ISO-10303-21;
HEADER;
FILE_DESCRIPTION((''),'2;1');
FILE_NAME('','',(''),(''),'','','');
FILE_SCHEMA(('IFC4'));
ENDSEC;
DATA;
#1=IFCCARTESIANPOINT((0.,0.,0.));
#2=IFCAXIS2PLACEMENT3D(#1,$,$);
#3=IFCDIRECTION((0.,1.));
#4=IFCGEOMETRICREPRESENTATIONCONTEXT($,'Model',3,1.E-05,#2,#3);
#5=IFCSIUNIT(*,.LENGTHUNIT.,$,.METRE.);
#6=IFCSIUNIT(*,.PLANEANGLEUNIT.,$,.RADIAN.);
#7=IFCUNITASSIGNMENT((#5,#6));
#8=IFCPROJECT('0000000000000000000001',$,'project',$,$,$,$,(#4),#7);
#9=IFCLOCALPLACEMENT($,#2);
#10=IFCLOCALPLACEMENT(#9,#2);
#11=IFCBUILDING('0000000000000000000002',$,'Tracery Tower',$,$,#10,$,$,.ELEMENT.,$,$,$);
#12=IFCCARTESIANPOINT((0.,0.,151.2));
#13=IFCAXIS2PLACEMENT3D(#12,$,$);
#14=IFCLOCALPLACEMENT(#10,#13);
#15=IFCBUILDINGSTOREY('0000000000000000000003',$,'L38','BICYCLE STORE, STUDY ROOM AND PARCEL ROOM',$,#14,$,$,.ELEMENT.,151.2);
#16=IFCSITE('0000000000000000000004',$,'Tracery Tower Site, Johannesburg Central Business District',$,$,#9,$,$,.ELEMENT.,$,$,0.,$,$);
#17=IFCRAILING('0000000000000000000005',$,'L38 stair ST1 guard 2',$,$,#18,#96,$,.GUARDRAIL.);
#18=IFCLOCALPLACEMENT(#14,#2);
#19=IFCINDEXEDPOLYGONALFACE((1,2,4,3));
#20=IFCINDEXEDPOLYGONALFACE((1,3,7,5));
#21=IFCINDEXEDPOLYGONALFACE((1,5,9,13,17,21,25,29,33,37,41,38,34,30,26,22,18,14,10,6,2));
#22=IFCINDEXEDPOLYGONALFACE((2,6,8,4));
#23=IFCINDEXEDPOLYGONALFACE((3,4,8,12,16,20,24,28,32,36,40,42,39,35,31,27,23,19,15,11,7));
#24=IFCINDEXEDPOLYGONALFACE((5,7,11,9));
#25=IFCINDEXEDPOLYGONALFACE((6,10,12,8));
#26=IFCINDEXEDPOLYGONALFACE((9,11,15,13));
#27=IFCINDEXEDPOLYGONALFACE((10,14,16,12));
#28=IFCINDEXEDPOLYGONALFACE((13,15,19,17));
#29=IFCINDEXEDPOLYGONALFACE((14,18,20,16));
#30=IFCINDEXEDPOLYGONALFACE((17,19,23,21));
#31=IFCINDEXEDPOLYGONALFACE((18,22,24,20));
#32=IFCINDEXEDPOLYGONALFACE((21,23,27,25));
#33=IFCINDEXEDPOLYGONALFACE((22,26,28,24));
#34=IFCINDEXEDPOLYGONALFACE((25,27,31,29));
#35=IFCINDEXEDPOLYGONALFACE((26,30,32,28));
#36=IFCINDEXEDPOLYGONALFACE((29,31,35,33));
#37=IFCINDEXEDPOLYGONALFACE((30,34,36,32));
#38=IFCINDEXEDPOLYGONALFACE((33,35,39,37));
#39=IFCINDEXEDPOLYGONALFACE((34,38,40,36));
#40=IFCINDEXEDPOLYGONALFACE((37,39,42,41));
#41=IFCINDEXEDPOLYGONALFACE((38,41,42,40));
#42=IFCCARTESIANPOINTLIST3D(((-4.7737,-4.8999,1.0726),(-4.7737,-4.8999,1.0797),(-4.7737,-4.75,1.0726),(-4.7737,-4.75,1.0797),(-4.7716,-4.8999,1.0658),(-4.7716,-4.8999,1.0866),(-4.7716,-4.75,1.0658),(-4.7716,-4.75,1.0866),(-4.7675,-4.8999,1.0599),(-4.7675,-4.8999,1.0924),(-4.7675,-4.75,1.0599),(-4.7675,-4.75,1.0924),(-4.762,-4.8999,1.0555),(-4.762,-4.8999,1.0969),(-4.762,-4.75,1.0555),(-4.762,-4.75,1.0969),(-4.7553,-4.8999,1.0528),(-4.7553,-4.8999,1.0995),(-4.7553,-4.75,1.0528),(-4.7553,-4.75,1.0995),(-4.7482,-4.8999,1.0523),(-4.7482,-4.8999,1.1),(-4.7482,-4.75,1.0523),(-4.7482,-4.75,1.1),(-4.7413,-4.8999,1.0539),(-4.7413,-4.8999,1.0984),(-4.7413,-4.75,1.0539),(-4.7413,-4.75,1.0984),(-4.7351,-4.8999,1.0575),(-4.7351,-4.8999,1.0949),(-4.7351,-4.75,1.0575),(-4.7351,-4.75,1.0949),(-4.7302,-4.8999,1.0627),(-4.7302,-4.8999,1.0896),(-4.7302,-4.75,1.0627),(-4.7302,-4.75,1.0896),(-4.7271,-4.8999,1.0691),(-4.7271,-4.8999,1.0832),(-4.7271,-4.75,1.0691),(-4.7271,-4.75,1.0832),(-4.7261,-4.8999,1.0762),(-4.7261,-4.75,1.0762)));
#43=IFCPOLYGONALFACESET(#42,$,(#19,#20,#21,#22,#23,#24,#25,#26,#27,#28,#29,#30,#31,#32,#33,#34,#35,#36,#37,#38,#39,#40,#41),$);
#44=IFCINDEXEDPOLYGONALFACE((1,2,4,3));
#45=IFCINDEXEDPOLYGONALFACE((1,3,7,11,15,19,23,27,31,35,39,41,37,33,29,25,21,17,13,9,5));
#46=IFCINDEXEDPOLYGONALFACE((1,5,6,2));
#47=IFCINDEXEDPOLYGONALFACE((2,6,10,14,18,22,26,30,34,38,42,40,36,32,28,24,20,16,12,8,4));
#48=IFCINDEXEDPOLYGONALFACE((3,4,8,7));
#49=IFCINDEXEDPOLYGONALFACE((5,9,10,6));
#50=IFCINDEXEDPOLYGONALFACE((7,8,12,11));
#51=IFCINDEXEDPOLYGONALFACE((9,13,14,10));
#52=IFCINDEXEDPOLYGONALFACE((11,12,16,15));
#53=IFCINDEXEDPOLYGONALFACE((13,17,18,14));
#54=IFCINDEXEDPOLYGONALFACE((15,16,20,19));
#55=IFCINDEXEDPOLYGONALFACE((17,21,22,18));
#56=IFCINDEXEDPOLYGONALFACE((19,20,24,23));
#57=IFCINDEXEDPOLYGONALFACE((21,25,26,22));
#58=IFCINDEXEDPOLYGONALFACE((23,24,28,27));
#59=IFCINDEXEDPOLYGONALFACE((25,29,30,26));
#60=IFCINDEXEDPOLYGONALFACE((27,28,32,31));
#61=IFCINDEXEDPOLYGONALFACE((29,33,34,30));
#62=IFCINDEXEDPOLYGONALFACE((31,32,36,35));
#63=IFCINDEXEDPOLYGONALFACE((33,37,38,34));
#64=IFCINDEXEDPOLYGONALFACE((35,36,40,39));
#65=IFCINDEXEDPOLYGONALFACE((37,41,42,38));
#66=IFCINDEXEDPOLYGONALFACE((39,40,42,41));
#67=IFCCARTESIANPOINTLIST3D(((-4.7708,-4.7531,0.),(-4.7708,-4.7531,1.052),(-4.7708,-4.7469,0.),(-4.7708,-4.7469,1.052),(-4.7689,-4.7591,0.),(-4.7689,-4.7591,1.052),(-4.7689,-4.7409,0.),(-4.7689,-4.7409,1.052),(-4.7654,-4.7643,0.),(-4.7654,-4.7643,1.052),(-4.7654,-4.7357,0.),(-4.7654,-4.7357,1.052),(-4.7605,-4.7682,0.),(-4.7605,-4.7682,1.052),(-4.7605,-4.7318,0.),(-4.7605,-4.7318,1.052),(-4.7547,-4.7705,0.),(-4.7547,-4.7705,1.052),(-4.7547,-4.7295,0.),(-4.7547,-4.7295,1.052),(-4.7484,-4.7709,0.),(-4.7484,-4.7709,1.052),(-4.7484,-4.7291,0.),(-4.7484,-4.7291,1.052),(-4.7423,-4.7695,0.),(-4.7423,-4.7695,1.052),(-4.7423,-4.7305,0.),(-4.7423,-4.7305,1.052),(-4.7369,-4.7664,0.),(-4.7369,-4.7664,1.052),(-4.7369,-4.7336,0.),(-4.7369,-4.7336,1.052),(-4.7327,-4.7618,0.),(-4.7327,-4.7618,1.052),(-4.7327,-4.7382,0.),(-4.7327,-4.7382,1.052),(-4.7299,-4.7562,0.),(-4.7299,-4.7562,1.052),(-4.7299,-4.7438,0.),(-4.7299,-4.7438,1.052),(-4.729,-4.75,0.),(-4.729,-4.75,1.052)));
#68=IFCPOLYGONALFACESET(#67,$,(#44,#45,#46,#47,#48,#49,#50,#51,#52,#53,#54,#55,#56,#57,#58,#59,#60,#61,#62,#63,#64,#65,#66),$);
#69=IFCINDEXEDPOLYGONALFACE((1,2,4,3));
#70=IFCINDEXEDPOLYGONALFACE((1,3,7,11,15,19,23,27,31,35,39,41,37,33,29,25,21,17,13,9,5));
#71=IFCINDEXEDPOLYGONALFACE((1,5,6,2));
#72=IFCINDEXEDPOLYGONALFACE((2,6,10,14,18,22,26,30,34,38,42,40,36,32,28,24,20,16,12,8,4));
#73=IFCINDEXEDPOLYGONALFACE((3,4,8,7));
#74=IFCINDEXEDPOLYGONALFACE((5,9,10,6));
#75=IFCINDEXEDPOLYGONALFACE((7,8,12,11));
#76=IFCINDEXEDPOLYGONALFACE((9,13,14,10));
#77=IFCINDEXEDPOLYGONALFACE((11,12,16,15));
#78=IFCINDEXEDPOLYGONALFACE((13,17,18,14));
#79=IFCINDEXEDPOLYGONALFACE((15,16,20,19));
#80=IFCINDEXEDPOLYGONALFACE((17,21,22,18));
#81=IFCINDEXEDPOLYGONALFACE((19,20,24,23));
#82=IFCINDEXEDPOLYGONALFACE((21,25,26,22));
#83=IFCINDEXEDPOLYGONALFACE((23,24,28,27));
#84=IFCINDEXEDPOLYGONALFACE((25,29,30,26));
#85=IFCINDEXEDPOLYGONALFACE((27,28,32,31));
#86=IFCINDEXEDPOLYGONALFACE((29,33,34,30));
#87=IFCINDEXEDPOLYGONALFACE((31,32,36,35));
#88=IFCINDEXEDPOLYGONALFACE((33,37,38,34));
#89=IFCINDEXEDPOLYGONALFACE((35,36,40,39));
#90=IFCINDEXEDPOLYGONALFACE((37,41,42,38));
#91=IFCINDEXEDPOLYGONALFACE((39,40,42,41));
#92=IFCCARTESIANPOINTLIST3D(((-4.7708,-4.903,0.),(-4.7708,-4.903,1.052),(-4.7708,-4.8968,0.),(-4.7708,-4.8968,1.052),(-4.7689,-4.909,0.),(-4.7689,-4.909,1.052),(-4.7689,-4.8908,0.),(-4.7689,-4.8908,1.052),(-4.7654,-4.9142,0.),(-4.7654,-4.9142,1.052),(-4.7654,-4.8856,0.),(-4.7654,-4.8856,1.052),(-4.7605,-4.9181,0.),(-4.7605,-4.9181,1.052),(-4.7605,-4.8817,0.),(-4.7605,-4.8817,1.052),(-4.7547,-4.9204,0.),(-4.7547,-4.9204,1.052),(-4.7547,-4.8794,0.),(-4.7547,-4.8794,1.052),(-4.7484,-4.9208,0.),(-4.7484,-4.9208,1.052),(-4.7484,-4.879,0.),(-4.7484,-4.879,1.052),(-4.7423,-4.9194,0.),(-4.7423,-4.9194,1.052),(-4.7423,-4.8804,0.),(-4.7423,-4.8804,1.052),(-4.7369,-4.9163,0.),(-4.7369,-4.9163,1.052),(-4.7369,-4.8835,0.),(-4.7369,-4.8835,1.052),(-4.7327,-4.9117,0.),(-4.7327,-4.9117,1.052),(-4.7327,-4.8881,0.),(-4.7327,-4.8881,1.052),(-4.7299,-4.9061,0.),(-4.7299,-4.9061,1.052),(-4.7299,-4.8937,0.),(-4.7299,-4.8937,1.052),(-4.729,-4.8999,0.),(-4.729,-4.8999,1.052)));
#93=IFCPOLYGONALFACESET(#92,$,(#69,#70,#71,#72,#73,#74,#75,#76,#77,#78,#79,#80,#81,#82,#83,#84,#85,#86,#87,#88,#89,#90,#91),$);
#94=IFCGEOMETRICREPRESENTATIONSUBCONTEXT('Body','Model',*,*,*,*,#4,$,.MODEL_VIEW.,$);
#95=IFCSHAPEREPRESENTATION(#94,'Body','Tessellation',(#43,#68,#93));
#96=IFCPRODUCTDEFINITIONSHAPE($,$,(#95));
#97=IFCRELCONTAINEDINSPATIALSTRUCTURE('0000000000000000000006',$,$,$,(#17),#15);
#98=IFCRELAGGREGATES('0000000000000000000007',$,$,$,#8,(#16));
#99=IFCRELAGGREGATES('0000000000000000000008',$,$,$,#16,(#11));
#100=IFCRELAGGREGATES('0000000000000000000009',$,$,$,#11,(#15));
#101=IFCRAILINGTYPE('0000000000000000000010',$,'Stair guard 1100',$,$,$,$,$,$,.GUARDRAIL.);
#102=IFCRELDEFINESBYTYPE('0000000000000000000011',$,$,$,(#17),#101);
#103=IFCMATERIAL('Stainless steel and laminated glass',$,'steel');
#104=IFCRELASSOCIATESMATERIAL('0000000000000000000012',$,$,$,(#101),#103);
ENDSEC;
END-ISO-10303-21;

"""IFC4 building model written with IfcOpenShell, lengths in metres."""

from ifc_helpers import new_model, si_unit, direction, frame, origin, origin_2d, place, context, subcontext, project, spatial, circle, extrude, material, type_object, element, save


model = new_model("IFC4")

# Units and contexts
model_context = context("Model", 3, precision=1e-05, world=origin(), true_north=direction((0.0, 1.0)))
body_context = subcontext(model_context, "Body", "Model", "MODEL_VIEW")
ifc_project = project(units=[si_unit("LENGTHUNIT", "METRE"), si_unit("PLANEANGLEUNIT", "RADIAN")], contexts=[model_context])

# Site, building, storey
site_placement = place(None, origin())
site = spatial("IfcSite", under=ifc_project, at=site_placement, Name="Tracery Tower Site, Johannesburg Central Business District", CompositionType="ELEMENT", RefElevation=0.0)
building_placement = place(site_placement, origin())
building = spatial("IfcBuilding", under=site, at=building_placement, Name="Tracery Tower", CompositionType="ELEMENT")
storey_placement = place(building_placement, frame((0.0, 0.0, 151.2)))
storey = spatial("IfcBuildingStorey", under=building, at=storey_placement, Name="L38", Description="BICYCLE STORE, STUDY ROOM AND PARCEL ROOM", CompositionType="ELEMENT", Elevation=151.2)

# Railing
ifc_material_1 = material(Name="Stainless steel and laminated glass", Category="steel")
railing_type_1 = type_object("IfcRailingType", Name="Stair guard 1100", PredefinedType="GUARDRAIL", material=ifc_material_1)
railing_1_placement = place(storey_placement, frame((-4.75, -4.75, 0.0)))
element("IfcRailing", 1, at=railing_1_placement, inside=storey, type_object=railing_type_1, Name="L38 stair ST1 guard 2", PredefinedType="GUARDRAIL", context=body_context, shape_type="SweptSolid", body=[
    extrude(circle(Radius=0.0239, at=origin_2d()), frame((0.0, 0.0, 1.0762), z_axis=(0.0, -1.0, 0.0), x_axis=(1.0, 0.0, 0.0)), (0.0, 0.0, 1.0), 0.1499),
    extrude(circle(Radius=0.021, at=origin_2d()), origin(), (0.0, 0.0, 1.0), 1.052),
    extrude(circle(Radius=0.021, at=origin_2d()), frame((0.0, -0.1499, 0.0)), (0.0, 0.0, 1.0), 1.052),
])

save(model, "model.ifc")
